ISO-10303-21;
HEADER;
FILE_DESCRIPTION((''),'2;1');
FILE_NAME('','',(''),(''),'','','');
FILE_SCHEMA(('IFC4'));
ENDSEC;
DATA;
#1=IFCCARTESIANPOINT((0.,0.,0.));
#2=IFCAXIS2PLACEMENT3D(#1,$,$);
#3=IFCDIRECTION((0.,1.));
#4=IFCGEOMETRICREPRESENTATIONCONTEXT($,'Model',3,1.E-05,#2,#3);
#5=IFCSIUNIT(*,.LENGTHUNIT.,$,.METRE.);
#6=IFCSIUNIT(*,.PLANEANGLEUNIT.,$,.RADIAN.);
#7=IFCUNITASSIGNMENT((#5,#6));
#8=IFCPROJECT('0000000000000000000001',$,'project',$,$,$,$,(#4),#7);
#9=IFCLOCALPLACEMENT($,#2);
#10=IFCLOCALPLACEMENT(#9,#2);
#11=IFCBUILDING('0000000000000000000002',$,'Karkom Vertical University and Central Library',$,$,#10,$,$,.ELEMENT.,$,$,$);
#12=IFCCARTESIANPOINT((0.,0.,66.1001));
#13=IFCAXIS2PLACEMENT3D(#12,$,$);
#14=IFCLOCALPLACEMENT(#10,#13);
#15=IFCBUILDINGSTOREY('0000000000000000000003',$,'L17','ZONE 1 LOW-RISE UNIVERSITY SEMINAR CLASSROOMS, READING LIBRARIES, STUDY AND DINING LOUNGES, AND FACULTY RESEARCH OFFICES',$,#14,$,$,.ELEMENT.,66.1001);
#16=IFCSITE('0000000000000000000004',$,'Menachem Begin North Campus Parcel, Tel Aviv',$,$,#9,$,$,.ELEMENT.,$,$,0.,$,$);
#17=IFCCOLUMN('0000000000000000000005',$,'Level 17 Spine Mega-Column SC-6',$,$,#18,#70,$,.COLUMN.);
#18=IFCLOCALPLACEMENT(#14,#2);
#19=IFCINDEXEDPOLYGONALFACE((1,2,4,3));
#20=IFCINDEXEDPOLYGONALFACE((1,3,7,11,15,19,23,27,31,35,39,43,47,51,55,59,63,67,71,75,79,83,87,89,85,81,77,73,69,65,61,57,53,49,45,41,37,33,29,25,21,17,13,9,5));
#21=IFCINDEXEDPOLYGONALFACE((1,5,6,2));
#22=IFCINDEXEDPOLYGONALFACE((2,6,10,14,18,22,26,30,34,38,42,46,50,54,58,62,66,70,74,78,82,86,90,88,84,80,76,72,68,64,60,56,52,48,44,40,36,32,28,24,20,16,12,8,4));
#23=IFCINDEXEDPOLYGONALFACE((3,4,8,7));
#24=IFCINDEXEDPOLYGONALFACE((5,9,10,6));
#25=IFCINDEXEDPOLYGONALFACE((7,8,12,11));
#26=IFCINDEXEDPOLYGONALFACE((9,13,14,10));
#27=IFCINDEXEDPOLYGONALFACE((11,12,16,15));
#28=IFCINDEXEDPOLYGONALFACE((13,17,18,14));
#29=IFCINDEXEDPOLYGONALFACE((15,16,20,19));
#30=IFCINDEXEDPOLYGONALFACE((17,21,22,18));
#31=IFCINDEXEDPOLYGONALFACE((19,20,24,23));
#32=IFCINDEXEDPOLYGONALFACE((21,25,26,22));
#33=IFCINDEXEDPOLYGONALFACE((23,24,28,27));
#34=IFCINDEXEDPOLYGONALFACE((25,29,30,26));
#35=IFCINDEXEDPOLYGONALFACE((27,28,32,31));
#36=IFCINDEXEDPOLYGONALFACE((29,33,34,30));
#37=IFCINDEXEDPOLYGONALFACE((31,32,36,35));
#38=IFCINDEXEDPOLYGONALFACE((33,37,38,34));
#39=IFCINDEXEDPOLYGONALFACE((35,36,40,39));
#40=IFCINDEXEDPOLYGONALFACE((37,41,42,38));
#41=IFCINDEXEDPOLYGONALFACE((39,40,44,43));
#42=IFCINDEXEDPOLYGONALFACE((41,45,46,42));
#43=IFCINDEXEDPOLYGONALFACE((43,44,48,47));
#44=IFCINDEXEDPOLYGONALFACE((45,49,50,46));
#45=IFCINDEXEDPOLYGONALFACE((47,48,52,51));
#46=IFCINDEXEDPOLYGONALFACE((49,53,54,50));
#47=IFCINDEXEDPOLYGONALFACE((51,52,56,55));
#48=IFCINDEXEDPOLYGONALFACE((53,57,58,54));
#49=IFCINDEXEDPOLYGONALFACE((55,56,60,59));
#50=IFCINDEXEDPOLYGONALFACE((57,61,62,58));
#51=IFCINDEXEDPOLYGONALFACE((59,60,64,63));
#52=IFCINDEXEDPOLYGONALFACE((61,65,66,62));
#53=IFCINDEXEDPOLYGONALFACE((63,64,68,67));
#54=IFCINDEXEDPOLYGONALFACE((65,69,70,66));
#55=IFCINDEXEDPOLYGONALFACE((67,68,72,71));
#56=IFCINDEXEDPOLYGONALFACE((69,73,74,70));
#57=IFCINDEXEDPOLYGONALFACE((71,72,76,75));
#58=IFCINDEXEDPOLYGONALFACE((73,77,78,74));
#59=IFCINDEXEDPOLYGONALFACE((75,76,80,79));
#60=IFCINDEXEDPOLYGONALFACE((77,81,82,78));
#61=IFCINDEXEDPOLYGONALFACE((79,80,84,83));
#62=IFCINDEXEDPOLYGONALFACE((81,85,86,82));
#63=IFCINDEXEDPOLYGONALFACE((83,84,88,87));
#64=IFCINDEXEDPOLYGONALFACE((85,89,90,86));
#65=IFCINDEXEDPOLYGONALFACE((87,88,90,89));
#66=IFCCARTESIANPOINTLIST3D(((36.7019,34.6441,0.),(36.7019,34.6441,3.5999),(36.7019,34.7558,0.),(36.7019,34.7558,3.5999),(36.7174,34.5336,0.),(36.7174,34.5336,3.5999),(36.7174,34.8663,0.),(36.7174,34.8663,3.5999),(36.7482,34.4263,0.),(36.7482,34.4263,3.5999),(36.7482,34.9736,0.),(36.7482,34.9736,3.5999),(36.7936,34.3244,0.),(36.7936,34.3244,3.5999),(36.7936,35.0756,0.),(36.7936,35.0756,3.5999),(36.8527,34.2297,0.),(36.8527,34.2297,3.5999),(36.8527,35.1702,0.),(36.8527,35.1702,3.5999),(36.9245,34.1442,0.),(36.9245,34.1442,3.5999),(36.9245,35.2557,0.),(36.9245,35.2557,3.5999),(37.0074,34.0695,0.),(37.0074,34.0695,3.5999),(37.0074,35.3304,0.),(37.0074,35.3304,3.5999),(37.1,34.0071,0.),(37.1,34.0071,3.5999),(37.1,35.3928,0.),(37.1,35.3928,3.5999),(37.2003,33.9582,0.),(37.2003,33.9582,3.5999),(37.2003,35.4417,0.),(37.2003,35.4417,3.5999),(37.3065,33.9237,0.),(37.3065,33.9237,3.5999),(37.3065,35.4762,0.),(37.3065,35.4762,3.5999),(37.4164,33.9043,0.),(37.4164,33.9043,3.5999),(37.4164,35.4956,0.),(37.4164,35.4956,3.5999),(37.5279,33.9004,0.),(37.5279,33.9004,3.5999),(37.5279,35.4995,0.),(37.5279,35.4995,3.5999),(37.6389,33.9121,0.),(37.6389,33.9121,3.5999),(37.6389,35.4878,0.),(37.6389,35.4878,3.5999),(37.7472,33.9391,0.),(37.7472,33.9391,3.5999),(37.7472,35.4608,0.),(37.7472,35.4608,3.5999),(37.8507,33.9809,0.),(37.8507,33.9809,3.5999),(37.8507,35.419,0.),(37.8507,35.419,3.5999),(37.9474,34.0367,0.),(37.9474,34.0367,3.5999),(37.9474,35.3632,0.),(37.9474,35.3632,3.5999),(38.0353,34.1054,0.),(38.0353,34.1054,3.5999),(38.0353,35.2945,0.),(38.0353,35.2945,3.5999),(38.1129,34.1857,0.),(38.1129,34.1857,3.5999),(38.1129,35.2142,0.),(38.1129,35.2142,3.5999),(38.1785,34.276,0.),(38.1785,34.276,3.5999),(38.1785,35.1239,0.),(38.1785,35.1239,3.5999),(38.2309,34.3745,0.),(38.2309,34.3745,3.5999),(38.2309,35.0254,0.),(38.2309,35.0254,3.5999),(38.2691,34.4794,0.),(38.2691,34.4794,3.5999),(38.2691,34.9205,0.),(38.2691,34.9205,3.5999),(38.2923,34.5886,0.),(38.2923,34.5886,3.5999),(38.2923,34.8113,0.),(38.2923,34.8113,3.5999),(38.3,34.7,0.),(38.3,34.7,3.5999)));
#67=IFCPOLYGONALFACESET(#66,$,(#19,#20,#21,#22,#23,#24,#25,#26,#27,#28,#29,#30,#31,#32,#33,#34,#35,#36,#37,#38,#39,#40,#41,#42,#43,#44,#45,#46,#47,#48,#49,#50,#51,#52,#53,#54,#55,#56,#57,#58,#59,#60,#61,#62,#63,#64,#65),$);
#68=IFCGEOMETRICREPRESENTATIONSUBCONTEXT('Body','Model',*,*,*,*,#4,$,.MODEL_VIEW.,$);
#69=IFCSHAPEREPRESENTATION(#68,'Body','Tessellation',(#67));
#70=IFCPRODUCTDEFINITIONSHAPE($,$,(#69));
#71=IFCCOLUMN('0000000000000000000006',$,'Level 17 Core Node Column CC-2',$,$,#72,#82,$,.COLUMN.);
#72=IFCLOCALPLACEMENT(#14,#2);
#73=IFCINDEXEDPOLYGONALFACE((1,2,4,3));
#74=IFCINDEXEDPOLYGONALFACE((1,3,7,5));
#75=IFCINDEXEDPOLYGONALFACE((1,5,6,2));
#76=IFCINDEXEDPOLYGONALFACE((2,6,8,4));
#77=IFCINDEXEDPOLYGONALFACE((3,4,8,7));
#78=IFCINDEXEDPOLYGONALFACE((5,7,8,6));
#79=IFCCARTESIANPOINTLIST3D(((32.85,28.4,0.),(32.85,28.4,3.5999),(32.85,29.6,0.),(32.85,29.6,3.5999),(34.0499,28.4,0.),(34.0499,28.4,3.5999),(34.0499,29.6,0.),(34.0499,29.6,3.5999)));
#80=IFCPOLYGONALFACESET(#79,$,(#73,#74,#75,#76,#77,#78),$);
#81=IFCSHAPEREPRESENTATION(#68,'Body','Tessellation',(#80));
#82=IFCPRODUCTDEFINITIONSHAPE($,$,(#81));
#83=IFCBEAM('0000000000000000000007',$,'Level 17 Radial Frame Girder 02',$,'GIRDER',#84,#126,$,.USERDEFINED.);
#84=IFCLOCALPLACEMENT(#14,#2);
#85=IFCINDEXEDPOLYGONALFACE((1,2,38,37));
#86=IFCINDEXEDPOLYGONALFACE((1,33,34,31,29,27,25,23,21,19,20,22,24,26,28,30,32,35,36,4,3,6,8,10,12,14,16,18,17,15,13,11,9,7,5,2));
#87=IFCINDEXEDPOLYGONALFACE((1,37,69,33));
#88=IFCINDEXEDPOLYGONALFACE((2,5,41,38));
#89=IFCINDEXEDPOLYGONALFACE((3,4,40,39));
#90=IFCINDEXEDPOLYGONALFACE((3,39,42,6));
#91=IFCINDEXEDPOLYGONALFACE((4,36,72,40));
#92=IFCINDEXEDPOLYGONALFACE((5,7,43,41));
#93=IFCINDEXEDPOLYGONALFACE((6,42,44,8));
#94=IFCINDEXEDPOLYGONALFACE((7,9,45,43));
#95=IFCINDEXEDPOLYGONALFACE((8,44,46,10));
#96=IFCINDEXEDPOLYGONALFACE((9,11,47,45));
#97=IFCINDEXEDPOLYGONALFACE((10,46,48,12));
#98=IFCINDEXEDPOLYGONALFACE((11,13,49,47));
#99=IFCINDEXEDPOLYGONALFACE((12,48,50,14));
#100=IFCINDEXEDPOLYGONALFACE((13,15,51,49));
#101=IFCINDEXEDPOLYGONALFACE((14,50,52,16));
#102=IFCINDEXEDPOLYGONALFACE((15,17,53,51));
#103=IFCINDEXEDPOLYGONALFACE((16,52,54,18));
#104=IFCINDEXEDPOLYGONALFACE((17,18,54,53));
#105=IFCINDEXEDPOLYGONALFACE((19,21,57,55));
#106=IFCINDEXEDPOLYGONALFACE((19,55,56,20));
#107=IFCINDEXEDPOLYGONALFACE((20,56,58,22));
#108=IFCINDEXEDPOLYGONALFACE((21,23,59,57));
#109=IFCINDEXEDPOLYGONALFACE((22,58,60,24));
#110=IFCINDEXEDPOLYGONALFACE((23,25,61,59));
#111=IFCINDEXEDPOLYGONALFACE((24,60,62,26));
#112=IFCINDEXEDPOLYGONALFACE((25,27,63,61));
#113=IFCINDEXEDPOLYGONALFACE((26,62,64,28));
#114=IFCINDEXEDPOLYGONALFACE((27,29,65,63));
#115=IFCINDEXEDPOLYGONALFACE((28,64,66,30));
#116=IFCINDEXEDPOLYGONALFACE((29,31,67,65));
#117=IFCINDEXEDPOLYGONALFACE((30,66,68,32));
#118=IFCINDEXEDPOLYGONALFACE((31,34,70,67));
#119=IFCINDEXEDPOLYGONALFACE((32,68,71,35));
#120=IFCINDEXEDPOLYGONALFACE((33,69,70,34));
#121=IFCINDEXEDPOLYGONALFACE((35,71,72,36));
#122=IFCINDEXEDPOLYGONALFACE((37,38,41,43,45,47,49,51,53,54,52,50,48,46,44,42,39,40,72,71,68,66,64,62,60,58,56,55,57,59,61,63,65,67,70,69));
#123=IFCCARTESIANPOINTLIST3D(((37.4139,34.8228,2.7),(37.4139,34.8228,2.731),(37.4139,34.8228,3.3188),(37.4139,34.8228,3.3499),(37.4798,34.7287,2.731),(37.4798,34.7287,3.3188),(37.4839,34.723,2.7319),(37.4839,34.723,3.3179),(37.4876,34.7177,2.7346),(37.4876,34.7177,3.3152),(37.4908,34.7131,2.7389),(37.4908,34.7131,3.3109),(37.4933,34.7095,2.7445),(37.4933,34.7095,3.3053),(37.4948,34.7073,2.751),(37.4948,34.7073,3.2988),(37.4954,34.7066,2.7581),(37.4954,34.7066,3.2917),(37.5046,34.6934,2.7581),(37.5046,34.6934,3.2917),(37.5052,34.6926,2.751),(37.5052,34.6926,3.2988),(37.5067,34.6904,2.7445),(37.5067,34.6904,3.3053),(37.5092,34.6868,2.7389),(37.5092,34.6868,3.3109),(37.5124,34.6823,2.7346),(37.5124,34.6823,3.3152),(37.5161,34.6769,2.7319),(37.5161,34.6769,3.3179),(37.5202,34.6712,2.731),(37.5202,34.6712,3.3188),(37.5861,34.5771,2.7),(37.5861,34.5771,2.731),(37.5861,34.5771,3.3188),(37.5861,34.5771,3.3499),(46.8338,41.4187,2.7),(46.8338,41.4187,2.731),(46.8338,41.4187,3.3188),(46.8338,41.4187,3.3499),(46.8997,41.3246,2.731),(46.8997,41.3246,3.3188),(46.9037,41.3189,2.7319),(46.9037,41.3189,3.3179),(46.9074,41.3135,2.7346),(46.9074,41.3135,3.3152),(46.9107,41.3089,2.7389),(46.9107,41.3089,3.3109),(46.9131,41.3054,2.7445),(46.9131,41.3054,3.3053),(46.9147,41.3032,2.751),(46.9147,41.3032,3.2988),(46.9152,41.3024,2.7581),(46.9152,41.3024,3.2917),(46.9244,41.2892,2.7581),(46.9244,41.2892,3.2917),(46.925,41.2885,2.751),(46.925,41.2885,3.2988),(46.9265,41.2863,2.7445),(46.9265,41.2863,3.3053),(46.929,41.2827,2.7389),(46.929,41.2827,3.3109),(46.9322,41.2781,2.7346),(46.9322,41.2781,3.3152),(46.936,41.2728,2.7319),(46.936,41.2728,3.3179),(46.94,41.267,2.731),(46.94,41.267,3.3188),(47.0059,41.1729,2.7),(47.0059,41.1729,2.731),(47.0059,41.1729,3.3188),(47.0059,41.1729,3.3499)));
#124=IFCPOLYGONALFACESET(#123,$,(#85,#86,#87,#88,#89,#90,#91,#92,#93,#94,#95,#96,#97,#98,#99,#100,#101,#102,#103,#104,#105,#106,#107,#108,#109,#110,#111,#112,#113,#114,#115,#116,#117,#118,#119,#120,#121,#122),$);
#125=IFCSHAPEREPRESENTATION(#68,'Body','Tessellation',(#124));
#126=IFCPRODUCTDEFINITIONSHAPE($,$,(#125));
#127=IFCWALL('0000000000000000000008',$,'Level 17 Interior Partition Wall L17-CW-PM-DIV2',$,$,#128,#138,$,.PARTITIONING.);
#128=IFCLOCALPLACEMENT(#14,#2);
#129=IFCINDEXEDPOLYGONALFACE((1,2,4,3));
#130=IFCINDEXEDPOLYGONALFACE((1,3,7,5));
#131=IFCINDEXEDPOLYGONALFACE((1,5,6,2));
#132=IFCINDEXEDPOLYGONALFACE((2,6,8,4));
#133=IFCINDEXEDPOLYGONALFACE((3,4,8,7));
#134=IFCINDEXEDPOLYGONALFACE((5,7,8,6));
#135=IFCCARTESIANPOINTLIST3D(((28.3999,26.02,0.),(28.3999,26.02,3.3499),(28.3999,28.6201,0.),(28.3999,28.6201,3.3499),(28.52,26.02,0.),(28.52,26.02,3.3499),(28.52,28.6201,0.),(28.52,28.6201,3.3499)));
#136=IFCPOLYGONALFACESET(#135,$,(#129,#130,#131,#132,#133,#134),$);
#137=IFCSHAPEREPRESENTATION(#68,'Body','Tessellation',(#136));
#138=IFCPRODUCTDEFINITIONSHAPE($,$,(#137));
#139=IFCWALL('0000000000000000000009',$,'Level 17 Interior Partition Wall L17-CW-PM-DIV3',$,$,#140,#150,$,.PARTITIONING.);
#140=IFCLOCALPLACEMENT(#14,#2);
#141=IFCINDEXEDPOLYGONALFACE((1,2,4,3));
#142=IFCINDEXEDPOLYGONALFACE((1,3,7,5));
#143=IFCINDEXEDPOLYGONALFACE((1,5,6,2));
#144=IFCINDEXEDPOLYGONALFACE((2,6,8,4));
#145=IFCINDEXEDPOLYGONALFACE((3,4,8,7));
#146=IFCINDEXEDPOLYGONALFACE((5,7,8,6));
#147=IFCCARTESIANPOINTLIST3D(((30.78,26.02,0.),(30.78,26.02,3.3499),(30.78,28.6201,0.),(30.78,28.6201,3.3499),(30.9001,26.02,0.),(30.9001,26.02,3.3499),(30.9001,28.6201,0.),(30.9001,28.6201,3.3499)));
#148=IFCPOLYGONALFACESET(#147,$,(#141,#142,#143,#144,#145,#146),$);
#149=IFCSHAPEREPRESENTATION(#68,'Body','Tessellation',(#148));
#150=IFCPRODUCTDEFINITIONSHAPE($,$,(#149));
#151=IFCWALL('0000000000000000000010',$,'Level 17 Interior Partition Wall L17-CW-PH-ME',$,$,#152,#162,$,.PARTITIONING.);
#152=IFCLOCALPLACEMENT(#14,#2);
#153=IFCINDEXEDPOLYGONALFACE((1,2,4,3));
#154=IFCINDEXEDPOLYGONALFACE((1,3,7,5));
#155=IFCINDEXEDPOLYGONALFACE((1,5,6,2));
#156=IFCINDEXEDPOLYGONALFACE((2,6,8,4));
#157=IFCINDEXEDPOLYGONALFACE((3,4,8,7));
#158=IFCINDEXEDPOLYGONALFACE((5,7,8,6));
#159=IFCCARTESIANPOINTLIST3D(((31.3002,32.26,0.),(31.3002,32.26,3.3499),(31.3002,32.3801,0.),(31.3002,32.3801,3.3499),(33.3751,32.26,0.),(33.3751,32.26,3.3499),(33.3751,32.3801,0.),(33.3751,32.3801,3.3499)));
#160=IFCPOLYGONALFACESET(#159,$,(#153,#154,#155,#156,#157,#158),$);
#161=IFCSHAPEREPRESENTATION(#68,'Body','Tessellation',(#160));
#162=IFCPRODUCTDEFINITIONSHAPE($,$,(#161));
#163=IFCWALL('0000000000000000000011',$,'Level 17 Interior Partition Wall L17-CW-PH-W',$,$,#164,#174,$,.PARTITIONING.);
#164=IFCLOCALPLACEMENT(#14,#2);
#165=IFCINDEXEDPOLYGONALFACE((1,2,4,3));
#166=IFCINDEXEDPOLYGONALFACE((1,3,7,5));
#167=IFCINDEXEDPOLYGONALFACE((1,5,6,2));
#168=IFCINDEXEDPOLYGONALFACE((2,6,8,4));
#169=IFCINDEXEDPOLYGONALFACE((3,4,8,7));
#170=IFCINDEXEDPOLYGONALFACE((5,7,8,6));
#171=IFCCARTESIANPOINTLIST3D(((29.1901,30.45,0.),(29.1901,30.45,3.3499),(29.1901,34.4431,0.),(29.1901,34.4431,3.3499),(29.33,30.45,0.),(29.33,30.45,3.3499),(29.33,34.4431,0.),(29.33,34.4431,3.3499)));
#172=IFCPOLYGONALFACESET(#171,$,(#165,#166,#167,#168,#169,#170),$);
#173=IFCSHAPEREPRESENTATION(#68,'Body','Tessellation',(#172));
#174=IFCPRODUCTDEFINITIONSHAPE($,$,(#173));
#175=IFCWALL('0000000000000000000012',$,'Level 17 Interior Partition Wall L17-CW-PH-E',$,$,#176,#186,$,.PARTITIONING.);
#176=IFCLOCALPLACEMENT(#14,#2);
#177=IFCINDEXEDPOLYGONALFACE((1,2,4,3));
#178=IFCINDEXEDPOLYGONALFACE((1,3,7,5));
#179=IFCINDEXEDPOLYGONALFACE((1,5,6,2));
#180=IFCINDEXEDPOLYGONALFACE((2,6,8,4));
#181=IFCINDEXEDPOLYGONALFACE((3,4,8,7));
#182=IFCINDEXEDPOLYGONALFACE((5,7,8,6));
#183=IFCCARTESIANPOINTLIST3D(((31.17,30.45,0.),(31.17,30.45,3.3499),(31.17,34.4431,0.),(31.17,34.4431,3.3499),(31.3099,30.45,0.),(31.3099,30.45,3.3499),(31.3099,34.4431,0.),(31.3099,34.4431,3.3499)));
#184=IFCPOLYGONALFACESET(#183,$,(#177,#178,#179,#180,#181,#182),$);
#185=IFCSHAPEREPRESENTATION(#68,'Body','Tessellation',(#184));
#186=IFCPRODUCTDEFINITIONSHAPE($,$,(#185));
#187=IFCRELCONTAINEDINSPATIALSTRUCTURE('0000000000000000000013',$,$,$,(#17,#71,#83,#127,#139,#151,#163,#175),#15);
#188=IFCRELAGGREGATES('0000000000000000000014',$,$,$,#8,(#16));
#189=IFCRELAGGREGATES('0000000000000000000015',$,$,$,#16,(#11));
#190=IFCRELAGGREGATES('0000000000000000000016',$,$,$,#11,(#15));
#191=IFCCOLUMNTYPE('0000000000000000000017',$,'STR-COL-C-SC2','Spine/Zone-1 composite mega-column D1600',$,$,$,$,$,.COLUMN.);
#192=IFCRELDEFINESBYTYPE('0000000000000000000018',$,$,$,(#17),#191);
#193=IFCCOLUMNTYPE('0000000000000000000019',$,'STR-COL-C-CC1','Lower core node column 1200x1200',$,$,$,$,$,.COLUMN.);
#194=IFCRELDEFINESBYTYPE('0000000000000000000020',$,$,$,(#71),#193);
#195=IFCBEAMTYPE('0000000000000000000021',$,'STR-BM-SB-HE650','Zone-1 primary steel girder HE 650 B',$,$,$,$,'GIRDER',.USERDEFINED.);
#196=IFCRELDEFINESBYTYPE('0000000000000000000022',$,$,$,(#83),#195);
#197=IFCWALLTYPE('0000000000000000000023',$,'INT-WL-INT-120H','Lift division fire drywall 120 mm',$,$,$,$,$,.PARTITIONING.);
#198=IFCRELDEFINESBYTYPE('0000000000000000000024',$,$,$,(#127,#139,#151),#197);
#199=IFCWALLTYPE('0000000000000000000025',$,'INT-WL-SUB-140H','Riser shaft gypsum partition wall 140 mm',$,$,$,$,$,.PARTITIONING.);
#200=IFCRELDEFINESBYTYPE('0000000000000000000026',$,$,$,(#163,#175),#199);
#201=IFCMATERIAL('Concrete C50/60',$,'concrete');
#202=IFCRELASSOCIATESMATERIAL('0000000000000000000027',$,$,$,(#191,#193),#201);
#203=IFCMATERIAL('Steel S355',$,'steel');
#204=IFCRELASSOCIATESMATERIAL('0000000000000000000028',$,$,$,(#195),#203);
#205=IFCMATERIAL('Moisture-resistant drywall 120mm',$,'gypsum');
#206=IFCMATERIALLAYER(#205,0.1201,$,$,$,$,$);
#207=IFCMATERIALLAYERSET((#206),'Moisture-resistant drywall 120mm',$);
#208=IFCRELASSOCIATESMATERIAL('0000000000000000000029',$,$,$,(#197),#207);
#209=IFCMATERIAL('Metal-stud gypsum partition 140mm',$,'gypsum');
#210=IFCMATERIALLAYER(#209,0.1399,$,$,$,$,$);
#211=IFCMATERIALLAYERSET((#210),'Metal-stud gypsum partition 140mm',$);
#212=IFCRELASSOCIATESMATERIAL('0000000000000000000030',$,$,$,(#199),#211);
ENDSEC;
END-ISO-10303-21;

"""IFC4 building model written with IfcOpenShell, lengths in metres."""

from ifc_helpers import new_model, si_unit, direction, frame, frame_2d, origin, origin_with_axes, origin_2d, place, context, subcontext, project, spatial, rectangle, circle, i_section, extrude, source, transform, mapped, material, layer, layer_set, material_profile, profile_set, type_object, element, save


model = new_model("IFC4")

# Units and contexts
model_context = context("Model", 3, precision=1e-05, world=origin(), true_north=direction((0.0, 1.0)))
body_context = subcontext(model_context, "Body", "Model", "MODEL_VIEW")
ifc_project = project(units=[si_unit("LENGTHUNIT", "METRE"), si_unit("PLANEANGLEUNIT", "RADIAN")], contexts=[model_context])

# Site, building, storey
site_placement = place(None, origin())
site = spatial("IfcSite", under=ifc_project, at=site_placement, Name="Menachem Begin North Campus Parcel, Tel Aviv", CompositionType="ELEMENT", RefElevation=0.0)
building_placement = place(site_placement, origin())
building = spatial("IfcBuilding", under=site, at=building_placement, Name="Karkom Vertical University and Central Library", CompositionType="ELEMENT")
storey_placement = place(building_placement, frame((0.0, 0.0, 66.1001)))
storey = spatial("IfcBuildingStorey", under=building, at=storey_placement, Name="L17", Description="ZONE 1 LOW-RISE UNIVERSITY SEMINAR CLASSROOMS, READING LIBRARIES, STUDY AND DINING LOUNGES, AND FACULTY RESEARCH OFFICES", CompositionType="ELEMENT", Elevation=66.1001)

# Columns
ifc_material_1 = material(Name="Concrete C50/60", Category="concrete")
ifc_material_profile_1 = material_profile(ifc_material_1, circle(Radius=0.8, at=origin_2d()), Name="CFT-D1600")
ifc_profile_set_1 = profile_set([ifc_material_profile_1], Name="Concrete C50/60")
column_type_1 = type_object("IfcColumnType", Name="STR-COL-C-SC2", Description="Spine/Zone-1 composite mega-column D1600", PredefinedType="COLUMN", material=ifc_profile_set_1)
shared_shape_1 = source(origin_with_axes(), body_context, "Body", "SweptSolid", [
    extrude(circle(Radius=0.8, at=origin_2d()), origin(), (0.0, 0.0, 1.0), 3.5999),
])
column_1_placement = place(storey_placement, frame((37.5, 34.7, 0.0), z_axis=(0.0, 0.0, 1.0), x_axis=(1.0, 0.0, 0.0)))
element("IfcColumn", 1, at=column_1_placement, inside=storey, type_object=column_type_1, Name="Level 17 Spine Mega-Column SC-6", PredefinedType="COLUMN", context=body_context, shape_type="MappedRepresentation", body=[
    mapped(shared_shape_1, transform((0.0, 0.0, 0.0), scale=1.0)),
])
ifc_material_profile_2 = material_profile(ifc_material_1, rectangle(XDim=1.2, YDim=1.2, at=origin_2d()), Name="RC-1200x1200")
ifc_profile_set_2 = profile_set([ifc_material_profile_2], Name="Concrete C50/60")
column_type_2 = type_object("IfcColumnType", Name="STR-COL-C-CC1", Description="Lower core node column 1200x1200", PredefinedType="COLUMN", material=ifc_profile_set_2)
shared_shape_2 = source(origin_with_axes(), body_context, "Body", "SweptSolid", [
    extrude(rectangle(XDim=1.2, YDim=1.2, at=origin_2d()), origin(), (0.0, 0.0, 1.0), 3.5999),
])
column_2_placement = place(storey_placement, frame((33.45, 29.0, 0.0), z_axis=(0.0, 0.0, 1.0), x_axis=(1.0, 0.0, 0.0)))
element("IfcColumn", 2, at=column_2_placement, inside=storey, type_object=column_type_2, Name="Level 17 Core Node Column CC-2", PredefinedType="COLUMN", context=body_context, shape_type="MappedRepresentation", body=[
    mapped(shared_shape_2, transform((0.0, 0.0, 0.0), scale=1.0)),
])

# Beam
ifc_material_2 = material(Name="Steel S355", Category="steel")
ifc_material_profile_3 = material_profile(ifc_material_2, i_section(OverallWidth=0.3, OverallDepth=0.6499, WebThickness=0.0161, FlangeThickness=0.031, FilletRadius=0.0271, at=origin_2d()), Name="HE 650 B")
ifc_profile_set_3 = profile_set([ifc_material_profile_3], Name="Steel S355")
beam_type = type_object("IfcBeamType", Name="STR-BM-SB-HE650", Description="Zone-1 primary steel girder HE 650 B", ElementType="GIRDER", PredefinedType="USERDEFINED", material=ifc_profile_set_3)
shared_shape_3 = source(origin_with_axes(), body_context, "Body", "SweptSolid", [
    extrude(i_section(OverallWidth=0.3, OverallDepth=0.6499, WebThickness=0.0161, FlangeThickness=0.031, FilletRadius=0.0271, at=origin_2d()), origin(), (0.0, 0.0, 1.0), 11.4995),
])
beam_placement = place(storey_placement, frame((37.5, 34.7, 3.0249), z_axis=(0.81915, 0.573579, 0.0), x_axis=(-0.573579, 0.81915, 0.0)))
element("IfcBeam", 3, at=beam_placement, inside=storey, type_object=beam_type, Name="Level 17 Radial Frame Girder 02", ObjectType="GIRDER", PredefinedType="USERDEFINED", context=body_context, shape_type="MappedRepresentation", body=[
    mapped(shared_shape_3, transform((0.0, 0.0, 0.0), scale=1.0)),
])

# Walls
ifc_material_3 = material(Name="Moisture-resistant drywall 120mm", Category="gypsum")
ifc_layer_1 = layer(ifc_material_3, 0.1201)
ifc_layer_set_1 = layer_set([ifc_layer_1], Name="Moisture-resistant drywall 120mm")
wall_type_1 = type_object("IfcWallType", Name="INT-WL-INT-120H", Description="Lift division fire drywall 120 mm", PredefinedType="PARTITIONING", material=ifc_layer_set_1)
for number, where, z_axis, x_axis, name in (
    (4, (28.46, 26.02, 0.0), (0.0, 0.0, 1.0), (0.0, 1.0, 0.0), "Level 17 Interior Partition Wall L17-CW-PM-DIV2"),
    (5, (30.8401, 26.02, 0.0), (0.0, 0.0, 1.0), (0.0, 1.0, 0.0), "Level 17 Interior Partition Wall L17-CW-PM-DIV3"),
):
    element("IfcWall", number, at=place(storey_placement, frame(where, z_axis=z_axis, x_axis=x_axis)), inside=storey, type_object=wall_type_1, Name=name, PredefinedType="PARTITIONING", context=body_context, shape_type="SweptSolid", body=[
        extrude(rectangle(XDim=2.6001, YDim=0.1201, at=frame_2d((1.3, 0.0))), origin(), (0.0, 0.0, 1.0), 3.3499),
    ])
wall_1_placement = place(storey_placement, frame((31.3, 32.3201, 0.0), z_axis=(0.0, 0.0, 1.0), x_axis=(1.0, 0.0, 0.0)))
element("IfcWall", 6, at=wall_1_placement, inside=storey, type_object=wall_type_1, Name="Level 17 Interior Partition Wall L17-CW-PH-ME", PredefinedType="PARTITIONING", context=body_context, shape_type="SweptSolid", body=[
    extrude(rectangle(XDim=2.075, YDim=0.1201, at=frame_2d((1.0376, 0.0))), origin(), (0.0, 0.0, 1.0), 3.3499),
])
ifc_material_4 = material(Name="Metal-stud gypsum partition 140mm", Category="gypsum")
ifc_layer_2 = layer(ifc_material_4, 0.1399)
ifc_layer_set_2 = layer_set([ifc_layer_2], Name="Metal-stud gypsum partition 140mm")
wall_type_2 = type_object("IfcWallType", Name="INT-WL-SUB-140H", Description="Riser shaft gypsum partition wall 140 mm", PredefinedType="PARTITIONING", material=ifc_layer_set_2)
for number, where, z_axis, x_axis, name in (
    (7, (29.26, 30.45, 0.0), (0.0, 0.0, 1.0), (0.0, 1.0, 0.0), "Level 17 Interior Partition Wall L17-CW-PH-W"),
    (8, (31.24, 30.45, 0.0), (0.0, 0.0, 1.0), (0.0, 1.0, 0.0), "Level 17 Interior Partition Wall L17-CW-PH-E"),
):
    element("IfcWall", number, at=place(storey_placement, frame(where, z_axis=z_axis, x_axis=x_axis)), inside=storey, type_object=wall_type_2, Name=name, PredefinedType="PARTITIONING", context=body_context, shape_type="SweptSolid", body=[
        extrude(rectangle(XDim=3.9932, YDim=0.1399, at=frame_2d((1.9966, 0.0))), origin(), (0.0, 0.0, 1.0), 3.3499),
    ])

save(model, "model.ifc")
